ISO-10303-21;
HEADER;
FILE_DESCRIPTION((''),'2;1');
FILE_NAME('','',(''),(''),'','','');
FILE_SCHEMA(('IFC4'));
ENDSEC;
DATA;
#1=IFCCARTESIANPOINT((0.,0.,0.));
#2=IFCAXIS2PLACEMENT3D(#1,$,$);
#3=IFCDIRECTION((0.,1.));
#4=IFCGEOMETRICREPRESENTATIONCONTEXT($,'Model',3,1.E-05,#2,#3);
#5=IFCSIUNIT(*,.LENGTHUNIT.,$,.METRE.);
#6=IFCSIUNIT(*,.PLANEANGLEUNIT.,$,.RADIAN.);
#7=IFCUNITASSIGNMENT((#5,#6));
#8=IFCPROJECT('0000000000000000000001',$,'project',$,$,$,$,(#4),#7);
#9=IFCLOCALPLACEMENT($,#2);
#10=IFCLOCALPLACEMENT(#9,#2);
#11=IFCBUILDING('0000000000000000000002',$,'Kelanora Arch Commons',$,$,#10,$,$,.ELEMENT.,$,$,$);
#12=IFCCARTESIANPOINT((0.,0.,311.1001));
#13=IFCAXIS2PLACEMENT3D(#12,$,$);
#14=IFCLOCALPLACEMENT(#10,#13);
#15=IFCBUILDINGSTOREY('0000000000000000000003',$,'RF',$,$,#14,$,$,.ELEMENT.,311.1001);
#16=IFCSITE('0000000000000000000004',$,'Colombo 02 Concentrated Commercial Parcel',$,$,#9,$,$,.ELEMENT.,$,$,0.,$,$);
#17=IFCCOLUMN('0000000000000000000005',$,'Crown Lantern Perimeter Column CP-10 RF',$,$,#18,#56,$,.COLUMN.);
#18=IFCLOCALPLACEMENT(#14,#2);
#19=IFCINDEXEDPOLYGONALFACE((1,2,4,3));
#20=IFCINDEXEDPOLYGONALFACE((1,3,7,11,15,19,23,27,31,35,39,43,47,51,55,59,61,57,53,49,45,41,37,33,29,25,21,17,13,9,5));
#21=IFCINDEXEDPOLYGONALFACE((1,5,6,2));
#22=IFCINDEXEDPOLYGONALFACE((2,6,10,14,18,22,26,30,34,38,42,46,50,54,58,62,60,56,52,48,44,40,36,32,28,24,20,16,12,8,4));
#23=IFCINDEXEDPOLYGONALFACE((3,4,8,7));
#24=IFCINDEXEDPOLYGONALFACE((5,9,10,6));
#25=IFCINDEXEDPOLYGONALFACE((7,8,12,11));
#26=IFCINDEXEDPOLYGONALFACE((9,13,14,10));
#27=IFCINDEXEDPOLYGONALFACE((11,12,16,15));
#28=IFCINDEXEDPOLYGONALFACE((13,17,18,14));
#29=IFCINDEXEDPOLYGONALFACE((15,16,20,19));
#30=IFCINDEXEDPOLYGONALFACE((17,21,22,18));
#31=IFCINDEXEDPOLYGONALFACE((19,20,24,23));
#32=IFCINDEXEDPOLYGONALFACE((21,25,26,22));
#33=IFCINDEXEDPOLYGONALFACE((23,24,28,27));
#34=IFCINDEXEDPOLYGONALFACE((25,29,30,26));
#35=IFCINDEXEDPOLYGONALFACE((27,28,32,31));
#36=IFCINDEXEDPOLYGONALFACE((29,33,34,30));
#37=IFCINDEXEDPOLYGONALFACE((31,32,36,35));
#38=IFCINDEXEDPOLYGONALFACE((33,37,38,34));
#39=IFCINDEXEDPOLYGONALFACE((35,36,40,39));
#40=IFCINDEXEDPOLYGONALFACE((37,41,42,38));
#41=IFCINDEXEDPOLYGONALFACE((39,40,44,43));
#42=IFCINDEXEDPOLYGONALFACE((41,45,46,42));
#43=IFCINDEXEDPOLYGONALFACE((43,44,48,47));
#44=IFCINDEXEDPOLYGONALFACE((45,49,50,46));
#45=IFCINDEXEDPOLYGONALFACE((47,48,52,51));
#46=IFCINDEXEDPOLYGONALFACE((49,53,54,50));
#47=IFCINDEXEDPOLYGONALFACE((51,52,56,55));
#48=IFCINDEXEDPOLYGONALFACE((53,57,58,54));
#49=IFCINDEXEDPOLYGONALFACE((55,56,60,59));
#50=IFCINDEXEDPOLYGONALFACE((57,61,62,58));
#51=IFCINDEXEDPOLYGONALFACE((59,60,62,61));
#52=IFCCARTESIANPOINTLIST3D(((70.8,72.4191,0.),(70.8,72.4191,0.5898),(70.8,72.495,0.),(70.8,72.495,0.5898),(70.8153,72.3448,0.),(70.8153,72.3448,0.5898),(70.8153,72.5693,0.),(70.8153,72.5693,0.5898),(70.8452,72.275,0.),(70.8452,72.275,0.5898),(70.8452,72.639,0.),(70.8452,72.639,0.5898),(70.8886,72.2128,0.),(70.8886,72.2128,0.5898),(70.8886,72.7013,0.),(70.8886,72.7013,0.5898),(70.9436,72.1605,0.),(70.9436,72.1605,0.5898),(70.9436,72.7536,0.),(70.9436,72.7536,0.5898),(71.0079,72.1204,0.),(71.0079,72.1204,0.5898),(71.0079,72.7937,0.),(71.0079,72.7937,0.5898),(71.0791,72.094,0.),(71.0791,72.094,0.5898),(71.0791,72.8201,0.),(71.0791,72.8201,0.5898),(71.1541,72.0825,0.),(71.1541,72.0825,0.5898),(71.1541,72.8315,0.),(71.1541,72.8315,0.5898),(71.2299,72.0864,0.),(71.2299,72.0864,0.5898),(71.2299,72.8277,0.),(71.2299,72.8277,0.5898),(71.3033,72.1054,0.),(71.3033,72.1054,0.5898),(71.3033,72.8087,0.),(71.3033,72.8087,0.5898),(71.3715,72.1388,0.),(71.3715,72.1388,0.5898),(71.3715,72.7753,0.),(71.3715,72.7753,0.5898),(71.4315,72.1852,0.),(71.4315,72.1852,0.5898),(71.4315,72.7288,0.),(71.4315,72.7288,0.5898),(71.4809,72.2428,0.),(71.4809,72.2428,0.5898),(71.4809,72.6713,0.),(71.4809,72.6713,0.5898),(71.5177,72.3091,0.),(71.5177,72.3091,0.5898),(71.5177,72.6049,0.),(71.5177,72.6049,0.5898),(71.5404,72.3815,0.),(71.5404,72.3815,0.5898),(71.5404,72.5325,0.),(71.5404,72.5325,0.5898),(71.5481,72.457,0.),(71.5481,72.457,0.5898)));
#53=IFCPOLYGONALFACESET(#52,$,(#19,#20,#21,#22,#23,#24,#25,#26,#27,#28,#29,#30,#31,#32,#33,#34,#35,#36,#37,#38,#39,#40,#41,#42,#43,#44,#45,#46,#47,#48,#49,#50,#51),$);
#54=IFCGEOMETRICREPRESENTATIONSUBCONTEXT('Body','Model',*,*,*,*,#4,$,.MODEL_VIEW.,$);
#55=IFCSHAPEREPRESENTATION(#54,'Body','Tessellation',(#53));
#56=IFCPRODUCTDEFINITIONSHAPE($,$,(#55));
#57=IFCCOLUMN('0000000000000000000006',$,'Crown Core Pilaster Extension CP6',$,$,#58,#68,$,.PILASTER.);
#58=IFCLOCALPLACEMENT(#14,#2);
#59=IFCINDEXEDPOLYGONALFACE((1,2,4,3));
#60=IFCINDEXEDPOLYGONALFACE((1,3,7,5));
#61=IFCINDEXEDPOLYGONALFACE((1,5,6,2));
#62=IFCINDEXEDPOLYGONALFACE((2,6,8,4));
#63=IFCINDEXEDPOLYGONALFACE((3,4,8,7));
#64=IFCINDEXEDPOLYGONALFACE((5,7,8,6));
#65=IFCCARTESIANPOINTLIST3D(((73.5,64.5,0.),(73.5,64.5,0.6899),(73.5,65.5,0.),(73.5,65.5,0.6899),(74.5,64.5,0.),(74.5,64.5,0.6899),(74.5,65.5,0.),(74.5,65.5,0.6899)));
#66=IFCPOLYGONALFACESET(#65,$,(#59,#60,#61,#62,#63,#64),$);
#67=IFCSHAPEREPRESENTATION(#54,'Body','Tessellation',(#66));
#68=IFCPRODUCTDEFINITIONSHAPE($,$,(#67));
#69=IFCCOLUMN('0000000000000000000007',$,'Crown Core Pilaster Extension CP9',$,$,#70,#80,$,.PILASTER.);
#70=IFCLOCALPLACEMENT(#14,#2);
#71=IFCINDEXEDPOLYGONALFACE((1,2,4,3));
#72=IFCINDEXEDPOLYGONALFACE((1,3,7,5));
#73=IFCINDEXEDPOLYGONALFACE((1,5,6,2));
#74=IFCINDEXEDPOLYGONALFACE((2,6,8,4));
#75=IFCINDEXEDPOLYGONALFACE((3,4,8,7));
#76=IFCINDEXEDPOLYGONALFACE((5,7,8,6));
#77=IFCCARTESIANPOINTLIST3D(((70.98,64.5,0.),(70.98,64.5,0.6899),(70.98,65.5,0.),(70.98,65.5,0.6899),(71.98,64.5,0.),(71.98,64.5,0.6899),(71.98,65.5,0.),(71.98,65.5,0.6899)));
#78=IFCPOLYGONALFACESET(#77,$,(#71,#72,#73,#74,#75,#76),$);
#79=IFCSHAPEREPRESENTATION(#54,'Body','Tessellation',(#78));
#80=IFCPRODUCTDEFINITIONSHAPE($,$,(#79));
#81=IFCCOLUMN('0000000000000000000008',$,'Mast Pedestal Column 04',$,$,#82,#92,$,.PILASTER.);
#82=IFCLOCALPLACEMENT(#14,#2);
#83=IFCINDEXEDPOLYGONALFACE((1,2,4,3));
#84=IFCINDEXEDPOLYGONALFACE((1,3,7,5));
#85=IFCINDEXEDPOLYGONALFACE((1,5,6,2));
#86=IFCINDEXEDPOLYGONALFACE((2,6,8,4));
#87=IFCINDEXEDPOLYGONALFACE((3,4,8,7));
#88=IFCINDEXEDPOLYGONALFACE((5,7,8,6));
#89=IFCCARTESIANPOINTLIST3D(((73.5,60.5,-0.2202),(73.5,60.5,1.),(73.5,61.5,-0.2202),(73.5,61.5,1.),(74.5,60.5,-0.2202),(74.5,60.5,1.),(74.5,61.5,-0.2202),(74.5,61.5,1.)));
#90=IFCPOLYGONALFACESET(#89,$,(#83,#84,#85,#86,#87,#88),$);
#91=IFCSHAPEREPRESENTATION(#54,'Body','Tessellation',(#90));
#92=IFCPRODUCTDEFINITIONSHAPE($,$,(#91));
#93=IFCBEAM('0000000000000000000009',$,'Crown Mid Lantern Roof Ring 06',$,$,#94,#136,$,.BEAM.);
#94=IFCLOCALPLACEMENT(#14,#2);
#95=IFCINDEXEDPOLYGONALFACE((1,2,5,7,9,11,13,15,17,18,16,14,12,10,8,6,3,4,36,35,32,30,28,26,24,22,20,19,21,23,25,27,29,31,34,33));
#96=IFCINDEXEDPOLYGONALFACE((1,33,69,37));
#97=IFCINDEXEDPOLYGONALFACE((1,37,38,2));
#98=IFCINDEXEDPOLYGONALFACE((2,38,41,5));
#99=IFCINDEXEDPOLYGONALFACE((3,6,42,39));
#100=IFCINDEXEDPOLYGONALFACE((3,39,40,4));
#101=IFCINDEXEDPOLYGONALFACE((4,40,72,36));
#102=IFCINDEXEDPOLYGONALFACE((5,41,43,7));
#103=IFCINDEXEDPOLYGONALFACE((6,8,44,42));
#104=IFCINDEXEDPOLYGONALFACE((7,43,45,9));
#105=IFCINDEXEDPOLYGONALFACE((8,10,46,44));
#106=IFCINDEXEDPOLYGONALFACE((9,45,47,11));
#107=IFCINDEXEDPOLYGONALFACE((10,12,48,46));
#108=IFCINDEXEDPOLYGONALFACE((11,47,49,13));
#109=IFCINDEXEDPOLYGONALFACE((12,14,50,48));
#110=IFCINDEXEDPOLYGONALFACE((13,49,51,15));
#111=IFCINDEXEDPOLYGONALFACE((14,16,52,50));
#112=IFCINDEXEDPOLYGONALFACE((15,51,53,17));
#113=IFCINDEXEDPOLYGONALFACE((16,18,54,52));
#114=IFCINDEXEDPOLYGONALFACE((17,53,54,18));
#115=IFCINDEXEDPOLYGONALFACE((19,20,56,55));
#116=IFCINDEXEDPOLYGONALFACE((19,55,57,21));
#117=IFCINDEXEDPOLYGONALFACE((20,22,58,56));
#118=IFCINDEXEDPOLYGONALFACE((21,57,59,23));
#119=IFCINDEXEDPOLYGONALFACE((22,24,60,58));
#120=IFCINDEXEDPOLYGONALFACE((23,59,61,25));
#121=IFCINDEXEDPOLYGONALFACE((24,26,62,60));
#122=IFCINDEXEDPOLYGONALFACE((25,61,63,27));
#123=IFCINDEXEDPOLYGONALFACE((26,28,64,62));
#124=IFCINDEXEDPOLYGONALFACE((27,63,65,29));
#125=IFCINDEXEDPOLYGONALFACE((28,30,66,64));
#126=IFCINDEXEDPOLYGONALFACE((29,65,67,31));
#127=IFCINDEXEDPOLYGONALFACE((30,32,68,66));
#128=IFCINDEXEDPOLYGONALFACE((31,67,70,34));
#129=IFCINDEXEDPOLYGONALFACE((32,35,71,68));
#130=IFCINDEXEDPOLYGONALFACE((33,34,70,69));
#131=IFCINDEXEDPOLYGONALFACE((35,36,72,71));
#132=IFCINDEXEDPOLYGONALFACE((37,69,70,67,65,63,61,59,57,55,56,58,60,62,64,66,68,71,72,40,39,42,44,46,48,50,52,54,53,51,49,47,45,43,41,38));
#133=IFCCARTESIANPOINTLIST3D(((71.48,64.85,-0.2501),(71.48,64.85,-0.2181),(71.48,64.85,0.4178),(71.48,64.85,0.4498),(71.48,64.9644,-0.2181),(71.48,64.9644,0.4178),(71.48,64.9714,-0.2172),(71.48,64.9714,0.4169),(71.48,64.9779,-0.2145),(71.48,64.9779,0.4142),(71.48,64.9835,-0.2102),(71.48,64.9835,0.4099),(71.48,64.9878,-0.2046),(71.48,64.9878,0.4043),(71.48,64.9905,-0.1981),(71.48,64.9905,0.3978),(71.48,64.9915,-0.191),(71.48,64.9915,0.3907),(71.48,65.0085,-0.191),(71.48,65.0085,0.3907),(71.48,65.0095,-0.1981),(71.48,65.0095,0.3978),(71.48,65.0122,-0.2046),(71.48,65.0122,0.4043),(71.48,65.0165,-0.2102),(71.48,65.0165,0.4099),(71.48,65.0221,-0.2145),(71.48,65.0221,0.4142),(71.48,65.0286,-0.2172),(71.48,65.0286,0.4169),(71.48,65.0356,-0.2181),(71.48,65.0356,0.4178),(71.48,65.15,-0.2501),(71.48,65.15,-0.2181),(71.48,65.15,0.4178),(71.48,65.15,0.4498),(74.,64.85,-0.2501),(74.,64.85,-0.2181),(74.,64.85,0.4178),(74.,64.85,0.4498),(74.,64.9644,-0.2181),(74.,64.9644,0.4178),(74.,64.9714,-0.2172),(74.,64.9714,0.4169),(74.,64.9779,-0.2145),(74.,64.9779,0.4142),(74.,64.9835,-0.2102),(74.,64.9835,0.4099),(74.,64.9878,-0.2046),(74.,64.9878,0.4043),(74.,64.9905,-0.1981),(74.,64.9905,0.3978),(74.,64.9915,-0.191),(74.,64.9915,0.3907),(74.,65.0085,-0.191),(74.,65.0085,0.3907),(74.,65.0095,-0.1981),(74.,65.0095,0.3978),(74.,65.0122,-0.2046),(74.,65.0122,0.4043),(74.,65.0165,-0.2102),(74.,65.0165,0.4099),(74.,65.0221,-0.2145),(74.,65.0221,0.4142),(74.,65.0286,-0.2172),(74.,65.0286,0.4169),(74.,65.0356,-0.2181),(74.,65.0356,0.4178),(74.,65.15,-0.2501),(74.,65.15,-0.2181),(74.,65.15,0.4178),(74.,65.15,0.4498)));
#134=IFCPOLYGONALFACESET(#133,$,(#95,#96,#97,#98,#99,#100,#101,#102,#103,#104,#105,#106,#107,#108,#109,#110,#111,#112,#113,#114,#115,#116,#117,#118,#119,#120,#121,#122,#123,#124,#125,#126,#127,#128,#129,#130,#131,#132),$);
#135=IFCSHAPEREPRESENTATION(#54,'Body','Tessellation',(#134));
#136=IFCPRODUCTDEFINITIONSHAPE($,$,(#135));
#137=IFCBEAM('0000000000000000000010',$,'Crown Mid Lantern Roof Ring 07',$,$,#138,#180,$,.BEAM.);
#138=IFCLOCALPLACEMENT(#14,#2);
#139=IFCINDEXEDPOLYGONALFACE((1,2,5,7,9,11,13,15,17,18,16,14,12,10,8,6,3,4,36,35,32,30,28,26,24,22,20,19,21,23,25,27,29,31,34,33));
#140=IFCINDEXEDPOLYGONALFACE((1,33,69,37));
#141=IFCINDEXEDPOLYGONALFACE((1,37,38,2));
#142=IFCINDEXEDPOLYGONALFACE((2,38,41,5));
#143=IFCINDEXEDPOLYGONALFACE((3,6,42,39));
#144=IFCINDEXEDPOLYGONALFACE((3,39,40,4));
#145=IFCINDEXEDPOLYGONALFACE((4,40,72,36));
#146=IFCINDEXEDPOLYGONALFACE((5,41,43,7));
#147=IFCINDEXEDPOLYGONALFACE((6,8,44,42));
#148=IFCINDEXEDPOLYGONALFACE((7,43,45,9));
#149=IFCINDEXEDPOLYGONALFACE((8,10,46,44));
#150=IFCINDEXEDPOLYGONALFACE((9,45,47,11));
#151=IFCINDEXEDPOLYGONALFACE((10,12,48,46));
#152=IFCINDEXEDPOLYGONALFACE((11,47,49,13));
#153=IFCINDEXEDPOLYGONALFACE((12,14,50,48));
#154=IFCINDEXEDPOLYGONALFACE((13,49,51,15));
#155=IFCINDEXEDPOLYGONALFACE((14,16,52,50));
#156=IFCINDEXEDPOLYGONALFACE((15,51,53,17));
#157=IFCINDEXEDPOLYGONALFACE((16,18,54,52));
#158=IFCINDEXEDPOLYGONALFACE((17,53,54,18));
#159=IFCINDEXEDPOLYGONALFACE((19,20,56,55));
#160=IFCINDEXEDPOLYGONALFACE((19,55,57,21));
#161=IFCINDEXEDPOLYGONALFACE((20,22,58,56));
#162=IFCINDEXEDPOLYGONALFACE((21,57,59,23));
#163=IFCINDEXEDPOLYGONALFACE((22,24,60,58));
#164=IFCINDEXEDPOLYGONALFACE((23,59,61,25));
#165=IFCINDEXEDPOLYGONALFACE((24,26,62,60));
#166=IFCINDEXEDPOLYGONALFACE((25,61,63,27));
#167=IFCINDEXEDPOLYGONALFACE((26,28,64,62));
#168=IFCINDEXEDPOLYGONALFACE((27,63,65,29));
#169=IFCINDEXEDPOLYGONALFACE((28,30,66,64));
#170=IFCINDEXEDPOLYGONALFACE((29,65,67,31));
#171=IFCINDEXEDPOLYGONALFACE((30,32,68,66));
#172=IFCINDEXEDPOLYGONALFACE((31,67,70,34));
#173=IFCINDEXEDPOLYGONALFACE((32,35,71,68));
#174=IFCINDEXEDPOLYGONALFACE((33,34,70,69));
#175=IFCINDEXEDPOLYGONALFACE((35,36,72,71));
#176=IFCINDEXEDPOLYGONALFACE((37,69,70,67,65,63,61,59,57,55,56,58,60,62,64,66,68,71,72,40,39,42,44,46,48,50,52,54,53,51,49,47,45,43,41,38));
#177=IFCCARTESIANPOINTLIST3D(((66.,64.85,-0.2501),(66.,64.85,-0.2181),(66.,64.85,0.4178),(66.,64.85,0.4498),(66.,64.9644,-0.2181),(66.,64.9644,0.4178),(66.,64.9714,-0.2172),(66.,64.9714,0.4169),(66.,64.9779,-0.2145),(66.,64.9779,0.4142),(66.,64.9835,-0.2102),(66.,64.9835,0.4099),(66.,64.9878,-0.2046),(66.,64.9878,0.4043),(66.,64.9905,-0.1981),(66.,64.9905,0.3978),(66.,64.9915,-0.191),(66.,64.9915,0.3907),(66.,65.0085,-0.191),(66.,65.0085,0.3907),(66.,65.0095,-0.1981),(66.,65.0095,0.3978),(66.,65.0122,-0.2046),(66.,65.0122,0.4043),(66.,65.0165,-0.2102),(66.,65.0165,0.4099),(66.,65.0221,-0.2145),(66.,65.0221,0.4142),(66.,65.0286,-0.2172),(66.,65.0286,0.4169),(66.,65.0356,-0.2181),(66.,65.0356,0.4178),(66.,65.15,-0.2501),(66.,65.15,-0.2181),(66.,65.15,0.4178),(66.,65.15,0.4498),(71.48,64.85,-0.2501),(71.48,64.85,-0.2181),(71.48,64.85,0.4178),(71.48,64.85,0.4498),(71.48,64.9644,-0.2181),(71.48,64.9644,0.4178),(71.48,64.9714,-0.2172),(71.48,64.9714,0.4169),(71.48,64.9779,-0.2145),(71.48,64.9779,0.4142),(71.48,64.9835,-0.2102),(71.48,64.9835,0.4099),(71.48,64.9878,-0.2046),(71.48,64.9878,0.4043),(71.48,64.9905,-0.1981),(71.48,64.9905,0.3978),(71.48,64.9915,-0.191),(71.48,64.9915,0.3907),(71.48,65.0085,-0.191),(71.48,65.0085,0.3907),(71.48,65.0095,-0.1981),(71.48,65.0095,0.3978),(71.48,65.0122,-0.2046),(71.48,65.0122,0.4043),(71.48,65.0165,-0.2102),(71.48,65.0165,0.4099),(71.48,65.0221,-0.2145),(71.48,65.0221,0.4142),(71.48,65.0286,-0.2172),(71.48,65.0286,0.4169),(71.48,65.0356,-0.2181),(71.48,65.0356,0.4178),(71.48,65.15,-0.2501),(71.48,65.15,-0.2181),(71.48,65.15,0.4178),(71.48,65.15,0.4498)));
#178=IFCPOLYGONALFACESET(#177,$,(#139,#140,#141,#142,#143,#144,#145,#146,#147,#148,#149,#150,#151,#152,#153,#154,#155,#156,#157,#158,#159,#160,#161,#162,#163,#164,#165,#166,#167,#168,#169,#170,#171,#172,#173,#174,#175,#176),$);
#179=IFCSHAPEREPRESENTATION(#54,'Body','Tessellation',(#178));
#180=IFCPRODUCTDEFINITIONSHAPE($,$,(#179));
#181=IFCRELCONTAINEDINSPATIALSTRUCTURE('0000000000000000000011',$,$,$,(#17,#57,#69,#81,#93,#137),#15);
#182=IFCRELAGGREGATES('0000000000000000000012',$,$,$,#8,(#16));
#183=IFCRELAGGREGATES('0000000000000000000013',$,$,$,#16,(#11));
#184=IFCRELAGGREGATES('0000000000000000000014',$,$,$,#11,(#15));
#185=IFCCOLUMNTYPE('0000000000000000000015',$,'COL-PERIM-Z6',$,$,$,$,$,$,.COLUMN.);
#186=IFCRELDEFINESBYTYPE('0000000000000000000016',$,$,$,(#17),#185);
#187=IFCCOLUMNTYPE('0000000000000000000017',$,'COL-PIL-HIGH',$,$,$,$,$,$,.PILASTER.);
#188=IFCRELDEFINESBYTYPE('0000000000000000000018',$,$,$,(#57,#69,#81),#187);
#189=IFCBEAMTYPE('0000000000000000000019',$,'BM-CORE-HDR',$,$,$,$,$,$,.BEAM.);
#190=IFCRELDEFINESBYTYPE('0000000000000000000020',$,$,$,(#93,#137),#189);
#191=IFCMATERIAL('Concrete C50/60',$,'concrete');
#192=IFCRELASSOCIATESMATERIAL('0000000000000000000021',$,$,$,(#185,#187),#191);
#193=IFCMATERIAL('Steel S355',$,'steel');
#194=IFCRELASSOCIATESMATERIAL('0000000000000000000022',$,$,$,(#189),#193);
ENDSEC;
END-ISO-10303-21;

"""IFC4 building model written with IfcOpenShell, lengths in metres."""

from ifc_helpers import new_model, si_unit, direction, frame, origin, origin_2d, place, context, subcontext, project, spatial, rectangle, circle, i_section, extrude, material, material_profile, profile_set, type_object, element, save


model = new_model("IFC4")

# Units and contexts
model_context = context("Model", 3, precision=1e-05, world=origin(), true_north=direction((0.0, 1.0)))
body_context = subcontext(model_context, "Body", "Model", "MODEL_VIEW")
ifc_project = project(units=[si_unit("LENGTHUNIT", "METRE"), si_unit("PLANEANGLEUNIT", "RADIAN")], contexts=[model_context])

# Site, building, storey
site_placement = place(None, origin())
site = spatial("IfcSite", under=ifc_project, at=site_placement, Name="Colombo 02 Concentrated Commercial Parcel", CompositionType="ELEMENT", RefElevation=0.0)
building_placement = place(site_placement, origin())
building = spatial("IfcBuilding", under=site, at=building_placement, Name="Kelanora Arch Commons", CompositionType="ELEMENT")
storey_placement = place(building_placement, frame((0.0, 0.0, 311.1001)))
storey = spatial("IfcBuildingStorey", under=building, at=storey_placement, Name="RF", CompositionType="ELEMENT", Elevation=311.1001)

# Columns
ifc_material_1 = material(Name="Concrete C50/60", Category="concrete")
ifc_material_profile_1 = material_profile(ifc_material_1, circle(Radius=0.375, at=origin_2d()), Name="RCC750")
ifc_profile_set_1 = profile_set([ifc_material_profile_1], Name="Concrete C50/60")
column_type_1 = type_object("IfcColumnType", Name="COL-PERIM-Z6", PredefinedType="COLUMN", material=ifc_profile_set_1)
column_1_placement = place(storey_placement, frame((71.1731, 72.457, 0.0), z_axis=(0.0, 0.0, 1.0), x_axis=(1.0, 0.0, 0.0)))
element("IfcColumn", 1, at=column_1_placement, inside=storey, type_object=column_type_1, Name="Crown Lantern Perimeter Column CP-10 RF", PredefinedType="COLUMN", context=body_context, shape_type="SweptSolid", body=[
    extrude(circle(Radius=0.375, at=origin_2d()), origin(), (0.0, 0.0, 1.0), 0.5898),
])
ifc_material_profile_2 = material_profile(ifc_material_1, rectangle(XDim=1.0, YDim=1.0, at=origin_2d()), Name="RC1000x1000")
ifc_profile_set_2 = profile_set([ifc_material_profile_2], Name="Concrete C50/60")
column_type_2 = type_object("IfcColumnType", Name="COL-PIL-HIGH", PredefinedType="PILASTER", material=ifc_profile_set_2)
for number, where, z_axis, x_axis, name in (
    (2, (74.0, 65.0, 0.0), (0.0, 0.0, 1.0), (1.0, 0.0, 0.0), "Crown Core Pilaster Extension CP6"),
    (3, (71.48, 65.0, 0.0), (0.0, 0.0, 1.0), (1.0, 0.0, 0.0), "Crown Core Pilaster Extension CP9"),
):
    element("IfcColumn", number, at=place(storey_placement, frame(where, z_axis=z_axis, x_axis=x_axis)), inside=storey, type_object=column_type_2, Name=name, PredefinedType="PILASTER", context=body_context, shape_type="SweptSolid", body=[
        extrude(rectangle(XDim=1.0, YDim=1.0, at=origin_2d()), origin(), (0.0, 0.0, 1.0), 0.6899),
    ])
column_2_placement = place(storey_placement, frame((74.0, 61.0, -0.2202), z_axis=(0.0, 0.0, 1.0), x_axis=(1.0, 0.0, 0.0)))
element("IfcColumn", 4, at=column_2_placement, inside=storey, type_object=column_type_2, Name="Mast Pedestal Column 04", PredefinedType="PILASTER", context=body_context, shape_type="SweptSolid", body=[
    extrude(rectangle(XDim=1.0, YDim=1.0, at=origin_2d()), origin(), (0.0, 0.0, 1.0), 1.2202),
])

# Beams
ifc_material_2 = material(Name="Steel S355", Category="steel")
ifc_material_profile_3 = material_profile(ifc_material_2, i_section(OverallWidth=0.3, OverallDepth=0.7, WebThickness=0.0171, FlangeThickness=0.032, FilletRadius=0.0271, at=origin_2d()), Name="HEB700")
ifc_profile_set_3 = profile_set([ifc_material_profile_3], Name="Steel S355")
beam_type_1 = type_object("IfcBeamType", Name="BM-CORE-HDR", PredefinedType="BEAM", material=ifc_profile_set_3)
beam_1_placement = place(storey_placement, frame((74.0, 65.0, 0.0999), z_axis=(-1.0, 0.0, 0.0), x_axis=(0.0, -1.0, 0.0)))
element("IfcBeam", 5, at=beam_1_placement, inside=storey, type_object=beam_type_1, Name="Crown Mid Lantern Roof Ring 06", PredefinedType="BEAM", context=body_context, shape_type="SweptSolid", body=[
    extrude(i_section(OverallWidth=0.3, OverallDepth=0.7, WebThickness=0.0171, FlangeThickness=0.032, FilletRadius=0.0271, at=origin_2d()), origin(), (0.0, 0.0, 1.0), 2.52),
])
beam_2_placement = place(storey_placement, frame((71.48, 65.0, 0.0999), z_axis=(-1.0, 0.0, 0.0), x_axis=(0.0, -1.0, 0.0)))
element("IfcBeam", 6, at=beam_2_placement, inside=storey, type_object=beam_type_1, Name="Crown Mid Lantern Roof Ring 07", PredefinedType="BEAM", context=body_context, shape_type="SweptSolid", body=[
    extrude(i_section(OverallWidth=0.3, OverallDepth=0.7, WebThickness=0.0171, FlangeThickness=0.032, FilletRadius=0.0271, at=origin_2d()), origin(), (0.0, 0.0, 1.0), 5.48),
])

save(model, "model.ifc")
